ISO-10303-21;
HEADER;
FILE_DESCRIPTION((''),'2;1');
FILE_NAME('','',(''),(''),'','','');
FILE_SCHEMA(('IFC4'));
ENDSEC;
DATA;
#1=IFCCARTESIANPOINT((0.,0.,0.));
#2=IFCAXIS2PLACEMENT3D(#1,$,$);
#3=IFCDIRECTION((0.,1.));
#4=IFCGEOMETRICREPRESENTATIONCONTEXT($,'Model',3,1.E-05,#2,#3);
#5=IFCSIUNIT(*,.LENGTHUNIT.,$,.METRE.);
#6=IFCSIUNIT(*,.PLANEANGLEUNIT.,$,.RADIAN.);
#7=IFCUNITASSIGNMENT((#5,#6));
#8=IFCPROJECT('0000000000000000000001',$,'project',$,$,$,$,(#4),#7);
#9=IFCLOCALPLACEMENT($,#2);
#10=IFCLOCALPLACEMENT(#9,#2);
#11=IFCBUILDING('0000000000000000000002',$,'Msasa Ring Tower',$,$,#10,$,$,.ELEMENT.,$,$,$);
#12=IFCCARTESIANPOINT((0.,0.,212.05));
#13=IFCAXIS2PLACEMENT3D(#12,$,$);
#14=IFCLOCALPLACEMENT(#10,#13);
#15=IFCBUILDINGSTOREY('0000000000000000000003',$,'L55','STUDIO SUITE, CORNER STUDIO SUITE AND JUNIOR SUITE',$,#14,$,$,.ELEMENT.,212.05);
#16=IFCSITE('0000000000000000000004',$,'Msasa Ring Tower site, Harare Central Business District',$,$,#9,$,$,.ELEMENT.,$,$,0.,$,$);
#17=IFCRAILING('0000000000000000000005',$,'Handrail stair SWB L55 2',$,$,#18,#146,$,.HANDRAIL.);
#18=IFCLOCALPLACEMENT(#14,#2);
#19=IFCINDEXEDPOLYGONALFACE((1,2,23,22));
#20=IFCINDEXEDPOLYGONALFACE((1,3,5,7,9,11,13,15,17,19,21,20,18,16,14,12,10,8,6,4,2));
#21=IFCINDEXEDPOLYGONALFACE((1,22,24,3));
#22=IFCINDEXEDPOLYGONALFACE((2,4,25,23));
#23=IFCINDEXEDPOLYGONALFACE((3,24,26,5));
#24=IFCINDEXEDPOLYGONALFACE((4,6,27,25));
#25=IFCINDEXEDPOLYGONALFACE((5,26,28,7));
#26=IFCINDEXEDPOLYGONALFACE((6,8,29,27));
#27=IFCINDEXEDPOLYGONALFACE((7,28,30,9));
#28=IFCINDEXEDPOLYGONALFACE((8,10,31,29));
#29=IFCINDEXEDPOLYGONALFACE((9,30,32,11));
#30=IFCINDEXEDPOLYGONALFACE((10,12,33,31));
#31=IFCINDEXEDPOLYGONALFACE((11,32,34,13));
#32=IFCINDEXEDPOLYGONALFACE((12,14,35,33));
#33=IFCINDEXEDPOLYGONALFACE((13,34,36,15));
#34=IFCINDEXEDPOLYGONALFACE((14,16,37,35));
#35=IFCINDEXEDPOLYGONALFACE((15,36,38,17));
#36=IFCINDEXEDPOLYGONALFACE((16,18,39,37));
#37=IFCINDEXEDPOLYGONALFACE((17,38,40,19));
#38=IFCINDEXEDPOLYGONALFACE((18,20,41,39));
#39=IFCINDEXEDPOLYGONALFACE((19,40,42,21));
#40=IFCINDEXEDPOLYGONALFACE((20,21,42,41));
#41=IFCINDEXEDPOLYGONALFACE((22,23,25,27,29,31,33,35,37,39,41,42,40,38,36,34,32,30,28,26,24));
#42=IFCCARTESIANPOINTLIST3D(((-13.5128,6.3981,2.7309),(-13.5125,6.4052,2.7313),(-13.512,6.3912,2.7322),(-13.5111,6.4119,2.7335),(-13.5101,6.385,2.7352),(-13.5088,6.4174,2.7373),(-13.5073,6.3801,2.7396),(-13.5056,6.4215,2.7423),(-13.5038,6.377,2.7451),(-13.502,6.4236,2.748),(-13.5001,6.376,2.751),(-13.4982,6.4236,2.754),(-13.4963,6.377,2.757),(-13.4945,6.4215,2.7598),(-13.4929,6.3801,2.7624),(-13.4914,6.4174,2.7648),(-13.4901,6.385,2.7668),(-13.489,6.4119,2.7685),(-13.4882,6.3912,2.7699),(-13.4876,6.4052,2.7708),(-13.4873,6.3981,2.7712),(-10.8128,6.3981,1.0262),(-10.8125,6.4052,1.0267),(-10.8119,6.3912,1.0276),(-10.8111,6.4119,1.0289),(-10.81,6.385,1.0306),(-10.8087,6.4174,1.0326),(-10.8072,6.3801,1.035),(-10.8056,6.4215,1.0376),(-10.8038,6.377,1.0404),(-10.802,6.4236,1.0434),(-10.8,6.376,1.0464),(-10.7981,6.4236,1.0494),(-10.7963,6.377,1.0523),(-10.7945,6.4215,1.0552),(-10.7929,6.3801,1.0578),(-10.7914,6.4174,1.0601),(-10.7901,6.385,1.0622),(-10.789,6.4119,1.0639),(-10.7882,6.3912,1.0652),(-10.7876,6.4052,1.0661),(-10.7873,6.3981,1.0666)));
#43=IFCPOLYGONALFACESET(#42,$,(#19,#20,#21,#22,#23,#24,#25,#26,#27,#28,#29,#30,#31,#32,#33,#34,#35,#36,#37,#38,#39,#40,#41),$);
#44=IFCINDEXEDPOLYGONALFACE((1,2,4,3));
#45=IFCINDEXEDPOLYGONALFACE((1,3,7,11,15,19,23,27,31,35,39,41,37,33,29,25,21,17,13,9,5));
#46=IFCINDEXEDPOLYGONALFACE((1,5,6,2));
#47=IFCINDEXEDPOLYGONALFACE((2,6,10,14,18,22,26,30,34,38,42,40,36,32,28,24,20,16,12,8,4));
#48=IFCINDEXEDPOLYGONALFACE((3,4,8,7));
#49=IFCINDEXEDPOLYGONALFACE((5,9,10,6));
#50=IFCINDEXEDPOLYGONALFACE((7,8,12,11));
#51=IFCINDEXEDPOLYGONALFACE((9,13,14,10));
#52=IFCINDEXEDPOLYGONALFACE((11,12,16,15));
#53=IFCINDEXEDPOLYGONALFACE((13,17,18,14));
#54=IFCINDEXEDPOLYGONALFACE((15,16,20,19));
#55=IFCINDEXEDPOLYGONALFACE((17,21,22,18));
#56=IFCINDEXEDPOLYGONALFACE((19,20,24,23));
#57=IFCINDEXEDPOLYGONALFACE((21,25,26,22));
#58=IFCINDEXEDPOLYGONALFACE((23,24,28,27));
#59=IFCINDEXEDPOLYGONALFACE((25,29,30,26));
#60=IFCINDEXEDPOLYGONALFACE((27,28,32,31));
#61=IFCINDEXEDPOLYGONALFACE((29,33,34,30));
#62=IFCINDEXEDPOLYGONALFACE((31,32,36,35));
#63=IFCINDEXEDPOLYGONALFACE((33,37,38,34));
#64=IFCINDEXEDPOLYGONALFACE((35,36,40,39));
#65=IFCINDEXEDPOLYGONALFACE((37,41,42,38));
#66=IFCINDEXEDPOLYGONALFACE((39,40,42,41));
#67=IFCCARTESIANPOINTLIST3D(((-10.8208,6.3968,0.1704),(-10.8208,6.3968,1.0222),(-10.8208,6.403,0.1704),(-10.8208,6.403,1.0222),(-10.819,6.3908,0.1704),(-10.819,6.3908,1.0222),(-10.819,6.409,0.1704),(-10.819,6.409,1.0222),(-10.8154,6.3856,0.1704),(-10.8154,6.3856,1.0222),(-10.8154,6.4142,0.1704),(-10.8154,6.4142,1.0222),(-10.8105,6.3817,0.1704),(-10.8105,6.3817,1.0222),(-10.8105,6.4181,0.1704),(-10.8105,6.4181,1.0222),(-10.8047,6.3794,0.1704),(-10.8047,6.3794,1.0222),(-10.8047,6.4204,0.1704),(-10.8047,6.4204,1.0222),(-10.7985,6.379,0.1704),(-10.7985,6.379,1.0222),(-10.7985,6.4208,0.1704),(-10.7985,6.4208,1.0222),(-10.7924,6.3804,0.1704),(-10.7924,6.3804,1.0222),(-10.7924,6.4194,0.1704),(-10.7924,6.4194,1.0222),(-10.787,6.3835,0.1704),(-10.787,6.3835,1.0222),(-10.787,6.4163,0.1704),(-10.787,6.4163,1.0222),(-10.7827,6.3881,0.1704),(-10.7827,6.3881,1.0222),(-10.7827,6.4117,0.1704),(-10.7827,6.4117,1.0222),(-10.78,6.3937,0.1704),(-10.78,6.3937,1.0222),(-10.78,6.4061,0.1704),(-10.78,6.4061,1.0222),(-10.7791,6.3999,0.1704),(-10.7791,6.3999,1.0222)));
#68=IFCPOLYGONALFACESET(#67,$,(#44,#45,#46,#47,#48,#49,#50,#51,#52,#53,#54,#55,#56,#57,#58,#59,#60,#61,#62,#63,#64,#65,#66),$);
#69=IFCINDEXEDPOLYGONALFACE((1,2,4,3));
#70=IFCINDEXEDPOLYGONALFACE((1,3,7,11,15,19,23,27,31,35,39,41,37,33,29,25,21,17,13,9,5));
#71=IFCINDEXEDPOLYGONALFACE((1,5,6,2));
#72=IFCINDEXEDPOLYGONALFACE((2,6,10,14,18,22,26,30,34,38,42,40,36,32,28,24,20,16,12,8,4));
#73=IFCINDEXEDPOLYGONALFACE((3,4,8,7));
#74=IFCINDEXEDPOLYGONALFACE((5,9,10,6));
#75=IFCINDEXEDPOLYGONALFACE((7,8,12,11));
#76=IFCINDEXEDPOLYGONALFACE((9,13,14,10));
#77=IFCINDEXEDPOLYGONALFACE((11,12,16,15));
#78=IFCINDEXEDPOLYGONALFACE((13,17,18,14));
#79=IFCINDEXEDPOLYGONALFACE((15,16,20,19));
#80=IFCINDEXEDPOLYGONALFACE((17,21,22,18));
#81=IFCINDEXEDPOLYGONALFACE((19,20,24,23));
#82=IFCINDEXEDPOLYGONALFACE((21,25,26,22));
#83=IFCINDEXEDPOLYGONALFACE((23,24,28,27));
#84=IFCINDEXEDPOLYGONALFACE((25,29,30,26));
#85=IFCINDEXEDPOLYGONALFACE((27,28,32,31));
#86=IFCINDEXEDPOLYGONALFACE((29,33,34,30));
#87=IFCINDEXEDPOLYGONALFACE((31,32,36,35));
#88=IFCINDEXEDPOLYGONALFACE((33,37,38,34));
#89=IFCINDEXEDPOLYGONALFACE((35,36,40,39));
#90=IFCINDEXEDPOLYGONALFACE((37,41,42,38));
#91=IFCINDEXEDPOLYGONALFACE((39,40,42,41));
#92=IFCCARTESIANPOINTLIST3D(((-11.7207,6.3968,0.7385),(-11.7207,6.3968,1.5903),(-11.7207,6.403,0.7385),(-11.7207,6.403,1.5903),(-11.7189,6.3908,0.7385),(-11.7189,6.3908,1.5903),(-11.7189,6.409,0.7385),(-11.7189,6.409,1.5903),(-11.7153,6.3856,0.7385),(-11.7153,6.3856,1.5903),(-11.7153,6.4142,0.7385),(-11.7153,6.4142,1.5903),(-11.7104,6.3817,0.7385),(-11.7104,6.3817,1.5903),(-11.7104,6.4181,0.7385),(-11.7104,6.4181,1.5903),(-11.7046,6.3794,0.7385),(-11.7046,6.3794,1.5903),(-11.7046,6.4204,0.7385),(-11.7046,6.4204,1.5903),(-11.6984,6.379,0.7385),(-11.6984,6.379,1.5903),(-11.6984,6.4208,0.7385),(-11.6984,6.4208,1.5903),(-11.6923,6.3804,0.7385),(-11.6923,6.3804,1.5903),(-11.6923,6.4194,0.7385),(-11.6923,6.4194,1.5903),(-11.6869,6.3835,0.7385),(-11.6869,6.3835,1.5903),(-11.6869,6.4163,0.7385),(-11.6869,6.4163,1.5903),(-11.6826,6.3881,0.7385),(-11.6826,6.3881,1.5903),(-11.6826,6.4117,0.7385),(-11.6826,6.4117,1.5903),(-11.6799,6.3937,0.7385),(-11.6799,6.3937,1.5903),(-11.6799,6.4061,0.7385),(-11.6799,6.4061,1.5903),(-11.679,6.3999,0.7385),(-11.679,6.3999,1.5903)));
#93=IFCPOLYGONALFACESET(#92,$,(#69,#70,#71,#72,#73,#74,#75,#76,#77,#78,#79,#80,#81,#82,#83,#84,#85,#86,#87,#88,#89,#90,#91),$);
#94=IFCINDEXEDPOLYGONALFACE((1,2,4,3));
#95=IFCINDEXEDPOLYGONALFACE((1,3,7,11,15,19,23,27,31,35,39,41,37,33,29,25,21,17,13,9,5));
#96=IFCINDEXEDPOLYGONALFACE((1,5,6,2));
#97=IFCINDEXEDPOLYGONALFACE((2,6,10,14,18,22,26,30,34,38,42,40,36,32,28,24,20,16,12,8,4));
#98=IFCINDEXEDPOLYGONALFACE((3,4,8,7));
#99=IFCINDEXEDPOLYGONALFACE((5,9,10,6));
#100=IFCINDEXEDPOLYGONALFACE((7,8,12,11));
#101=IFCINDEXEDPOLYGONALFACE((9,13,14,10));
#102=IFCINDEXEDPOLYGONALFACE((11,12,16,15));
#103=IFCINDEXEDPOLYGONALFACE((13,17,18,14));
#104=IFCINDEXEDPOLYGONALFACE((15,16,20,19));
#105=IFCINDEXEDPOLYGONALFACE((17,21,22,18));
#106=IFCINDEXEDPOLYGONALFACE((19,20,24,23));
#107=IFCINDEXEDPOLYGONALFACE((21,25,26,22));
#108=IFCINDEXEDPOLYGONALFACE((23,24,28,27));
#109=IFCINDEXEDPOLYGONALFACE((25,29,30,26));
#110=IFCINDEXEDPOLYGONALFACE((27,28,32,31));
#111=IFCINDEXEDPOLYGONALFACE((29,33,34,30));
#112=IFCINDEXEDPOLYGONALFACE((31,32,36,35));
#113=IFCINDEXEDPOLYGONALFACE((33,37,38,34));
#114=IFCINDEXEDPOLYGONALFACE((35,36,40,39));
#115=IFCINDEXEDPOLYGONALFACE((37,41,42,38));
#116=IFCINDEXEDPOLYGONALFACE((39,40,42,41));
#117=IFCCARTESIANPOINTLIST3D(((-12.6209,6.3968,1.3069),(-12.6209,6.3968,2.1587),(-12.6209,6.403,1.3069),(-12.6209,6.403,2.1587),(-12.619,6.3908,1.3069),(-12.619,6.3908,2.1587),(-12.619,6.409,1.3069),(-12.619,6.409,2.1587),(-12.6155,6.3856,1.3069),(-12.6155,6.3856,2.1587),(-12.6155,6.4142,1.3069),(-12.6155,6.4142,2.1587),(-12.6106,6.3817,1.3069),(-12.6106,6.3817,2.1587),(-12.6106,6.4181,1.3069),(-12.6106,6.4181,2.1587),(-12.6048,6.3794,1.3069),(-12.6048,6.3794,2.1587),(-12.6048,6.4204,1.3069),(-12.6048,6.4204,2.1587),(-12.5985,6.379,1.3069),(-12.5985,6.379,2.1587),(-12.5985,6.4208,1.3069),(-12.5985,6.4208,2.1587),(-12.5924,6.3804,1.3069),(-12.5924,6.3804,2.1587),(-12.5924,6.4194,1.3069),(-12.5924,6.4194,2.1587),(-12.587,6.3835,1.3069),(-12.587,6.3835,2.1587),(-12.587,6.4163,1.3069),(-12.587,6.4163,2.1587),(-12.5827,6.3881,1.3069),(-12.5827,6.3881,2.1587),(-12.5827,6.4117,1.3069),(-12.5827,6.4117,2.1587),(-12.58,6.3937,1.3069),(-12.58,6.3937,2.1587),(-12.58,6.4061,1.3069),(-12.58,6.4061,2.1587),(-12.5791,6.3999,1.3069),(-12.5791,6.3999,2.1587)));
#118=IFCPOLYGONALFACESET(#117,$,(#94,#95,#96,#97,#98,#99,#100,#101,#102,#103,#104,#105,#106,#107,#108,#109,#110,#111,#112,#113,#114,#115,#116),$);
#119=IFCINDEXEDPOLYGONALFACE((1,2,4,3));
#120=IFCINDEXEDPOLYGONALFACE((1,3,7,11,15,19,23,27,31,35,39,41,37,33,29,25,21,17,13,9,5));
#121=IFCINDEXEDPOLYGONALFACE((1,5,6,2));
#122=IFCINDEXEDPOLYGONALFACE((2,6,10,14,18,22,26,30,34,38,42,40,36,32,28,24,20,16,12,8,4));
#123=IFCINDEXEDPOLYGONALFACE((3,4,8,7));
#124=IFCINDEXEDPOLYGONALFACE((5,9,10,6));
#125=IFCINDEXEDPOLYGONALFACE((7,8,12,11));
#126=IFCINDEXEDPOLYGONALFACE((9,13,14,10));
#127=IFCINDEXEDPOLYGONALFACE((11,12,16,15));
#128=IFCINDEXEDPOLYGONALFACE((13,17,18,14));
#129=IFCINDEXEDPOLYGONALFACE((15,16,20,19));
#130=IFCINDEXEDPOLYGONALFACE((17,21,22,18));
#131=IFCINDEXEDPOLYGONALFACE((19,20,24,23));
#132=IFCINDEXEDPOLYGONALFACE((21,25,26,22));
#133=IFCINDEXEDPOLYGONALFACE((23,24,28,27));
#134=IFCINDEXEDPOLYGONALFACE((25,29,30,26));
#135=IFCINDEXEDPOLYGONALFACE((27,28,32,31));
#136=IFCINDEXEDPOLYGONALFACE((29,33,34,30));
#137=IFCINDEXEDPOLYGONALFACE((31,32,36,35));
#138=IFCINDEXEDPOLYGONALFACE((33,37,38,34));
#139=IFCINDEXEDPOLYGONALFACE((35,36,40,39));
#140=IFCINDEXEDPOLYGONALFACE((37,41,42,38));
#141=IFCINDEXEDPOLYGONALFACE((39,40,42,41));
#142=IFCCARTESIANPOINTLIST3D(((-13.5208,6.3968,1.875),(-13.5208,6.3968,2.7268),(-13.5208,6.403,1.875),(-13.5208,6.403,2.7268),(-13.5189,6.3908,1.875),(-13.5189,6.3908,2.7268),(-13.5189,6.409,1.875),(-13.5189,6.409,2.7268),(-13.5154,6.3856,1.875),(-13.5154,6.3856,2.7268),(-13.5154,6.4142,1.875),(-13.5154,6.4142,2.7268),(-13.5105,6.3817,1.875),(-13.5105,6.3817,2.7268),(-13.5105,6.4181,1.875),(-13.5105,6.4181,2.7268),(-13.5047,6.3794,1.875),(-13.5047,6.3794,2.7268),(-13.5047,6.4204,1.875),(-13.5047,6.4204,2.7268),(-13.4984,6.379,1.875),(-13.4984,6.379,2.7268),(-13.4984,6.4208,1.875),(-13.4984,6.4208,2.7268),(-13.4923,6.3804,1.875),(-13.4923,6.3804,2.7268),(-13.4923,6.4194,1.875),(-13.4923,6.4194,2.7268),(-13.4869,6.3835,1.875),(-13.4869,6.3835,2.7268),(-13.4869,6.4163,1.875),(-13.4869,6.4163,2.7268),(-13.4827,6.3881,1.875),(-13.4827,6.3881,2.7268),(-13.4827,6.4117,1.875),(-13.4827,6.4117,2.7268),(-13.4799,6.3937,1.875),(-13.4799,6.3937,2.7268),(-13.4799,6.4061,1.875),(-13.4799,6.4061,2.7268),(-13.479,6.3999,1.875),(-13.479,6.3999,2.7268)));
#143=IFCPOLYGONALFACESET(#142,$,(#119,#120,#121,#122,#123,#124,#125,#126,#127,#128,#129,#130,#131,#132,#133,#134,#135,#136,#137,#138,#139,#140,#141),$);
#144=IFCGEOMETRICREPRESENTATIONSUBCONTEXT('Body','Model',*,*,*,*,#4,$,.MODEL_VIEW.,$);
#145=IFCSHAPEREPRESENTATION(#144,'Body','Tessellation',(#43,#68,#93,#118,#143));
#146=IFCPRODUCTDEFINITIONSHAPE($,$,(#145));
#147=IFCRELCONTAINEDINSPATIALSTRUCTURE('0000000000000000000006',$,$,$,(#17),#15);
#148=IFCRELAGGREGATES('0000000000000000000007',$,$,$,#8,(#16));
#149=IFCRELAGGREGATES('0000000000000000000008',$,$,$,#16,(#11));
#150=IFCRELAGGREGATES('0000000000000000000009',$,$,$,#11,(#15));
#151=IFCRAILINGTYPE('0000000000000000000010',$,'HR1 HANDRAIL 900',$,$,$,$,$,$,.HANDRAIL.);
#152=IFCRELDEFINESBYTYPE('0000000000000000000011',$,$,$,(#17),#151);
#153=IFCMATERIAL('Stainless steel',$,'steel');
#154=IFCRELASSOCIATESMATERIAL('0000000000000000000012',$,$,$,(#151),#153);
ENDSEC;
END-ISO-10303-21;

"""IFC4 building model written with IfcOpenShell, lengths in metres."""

from ifc_helpers import new_model, si_unit, direction, frame, origin, origin_2d, place, context, subcontext, project, spatial, circle, extrude, material, type_object, element, save


model = new_model("IFC4")

# Units and contexts
model_context = context("Model", 3, precision=1e-05, world=origin(), true_north=direction((0.0, 1.0)))
body_context = subcontext(model_context, "Body", "Model", "MODEL_VIEW")
ifc_project = project(units=[si_unit("LENGTHUNIT", "METRE"), si_unit("PLANEANGLEUNIT", "RADIAN")], contexts=[model_context])

# Site, building, storey
site_placement = place(None, origin())
site = spatial("IfcSite", under=ifc_project, at=site_placement, Name="Msasa Ring Tower site, Harare Central Business District", CompositionType="ELEMENT", RefElevation=0.0)
building_placement = place(site_placement, origin())
building = spatial("IfcBuilding", under=site, at=building_placement, Name="Msasa Ring Tower", CompositionType="ELEMENT")
storey_placement = place(building_placement, frame((0.0, 0.0, 212.05)))
storey = spatial("IfcBuildingStorey", under=building, at=storey_placement, Name="L55", Description="STUDIO SUITE, CORNER STUDIO SUITE AND JUNIOR SUITE", CompositionType="ELEMENT", Elevation=212.05)

# Railing
ifc_material_1 = material(Name="Stainless steel", Category="steel")
railing_type = type_object("IfcRailingType", Name="HR1 HANDRAIL 900", PredefinedType="HANDRAIL", material=ifc_material_1)
for number, where, name in (
    (1, (-10.8, 6.3999, 0.1704), "Handrail stair SWB L55 2"),
):
    element("IfcRailing", number, at=place(storey_placement, frame(where)), inside=storey, type_object=railing_type, Name=name, PredefinedType="HANDRAIL", context=body_context, shape_type="SweptSolid", body=[
        extrude(circle(Radius=0.0239, at=origin_2d()), frame((0.0, 0.0, 0.876), z_axis=(-0.84558, 0.0, 0.533849), x_axis=(0.0, -1.0, 0.0)), (0.0, 0.0, 1.0), 3.1931),
        extrude(circle(Radius=0.021, at=origin_2d()), origin(), (0.0, 0.0, 1.0), 0.8518),
        extrude(circle(Radius=0.021, at=origin_2d()), frame((-0.8999, 0.0, 0.5681)), (0.0, 0.0, 1.0), 0.8518),
        extrude(circle(Radius=0.021, at=origin_2d()), frame((-1.8, 0.0, 1.1365)), (0.0, 0.0, 1.0), 0.8518),
        extrude(circle(Radius=0.021, at=origin_2d()), frame((-2.7, 0.0, 1.7046)), (0.0, 0.0, 1.0), 0.8518),
    ])

save(model, "model.ifc")
